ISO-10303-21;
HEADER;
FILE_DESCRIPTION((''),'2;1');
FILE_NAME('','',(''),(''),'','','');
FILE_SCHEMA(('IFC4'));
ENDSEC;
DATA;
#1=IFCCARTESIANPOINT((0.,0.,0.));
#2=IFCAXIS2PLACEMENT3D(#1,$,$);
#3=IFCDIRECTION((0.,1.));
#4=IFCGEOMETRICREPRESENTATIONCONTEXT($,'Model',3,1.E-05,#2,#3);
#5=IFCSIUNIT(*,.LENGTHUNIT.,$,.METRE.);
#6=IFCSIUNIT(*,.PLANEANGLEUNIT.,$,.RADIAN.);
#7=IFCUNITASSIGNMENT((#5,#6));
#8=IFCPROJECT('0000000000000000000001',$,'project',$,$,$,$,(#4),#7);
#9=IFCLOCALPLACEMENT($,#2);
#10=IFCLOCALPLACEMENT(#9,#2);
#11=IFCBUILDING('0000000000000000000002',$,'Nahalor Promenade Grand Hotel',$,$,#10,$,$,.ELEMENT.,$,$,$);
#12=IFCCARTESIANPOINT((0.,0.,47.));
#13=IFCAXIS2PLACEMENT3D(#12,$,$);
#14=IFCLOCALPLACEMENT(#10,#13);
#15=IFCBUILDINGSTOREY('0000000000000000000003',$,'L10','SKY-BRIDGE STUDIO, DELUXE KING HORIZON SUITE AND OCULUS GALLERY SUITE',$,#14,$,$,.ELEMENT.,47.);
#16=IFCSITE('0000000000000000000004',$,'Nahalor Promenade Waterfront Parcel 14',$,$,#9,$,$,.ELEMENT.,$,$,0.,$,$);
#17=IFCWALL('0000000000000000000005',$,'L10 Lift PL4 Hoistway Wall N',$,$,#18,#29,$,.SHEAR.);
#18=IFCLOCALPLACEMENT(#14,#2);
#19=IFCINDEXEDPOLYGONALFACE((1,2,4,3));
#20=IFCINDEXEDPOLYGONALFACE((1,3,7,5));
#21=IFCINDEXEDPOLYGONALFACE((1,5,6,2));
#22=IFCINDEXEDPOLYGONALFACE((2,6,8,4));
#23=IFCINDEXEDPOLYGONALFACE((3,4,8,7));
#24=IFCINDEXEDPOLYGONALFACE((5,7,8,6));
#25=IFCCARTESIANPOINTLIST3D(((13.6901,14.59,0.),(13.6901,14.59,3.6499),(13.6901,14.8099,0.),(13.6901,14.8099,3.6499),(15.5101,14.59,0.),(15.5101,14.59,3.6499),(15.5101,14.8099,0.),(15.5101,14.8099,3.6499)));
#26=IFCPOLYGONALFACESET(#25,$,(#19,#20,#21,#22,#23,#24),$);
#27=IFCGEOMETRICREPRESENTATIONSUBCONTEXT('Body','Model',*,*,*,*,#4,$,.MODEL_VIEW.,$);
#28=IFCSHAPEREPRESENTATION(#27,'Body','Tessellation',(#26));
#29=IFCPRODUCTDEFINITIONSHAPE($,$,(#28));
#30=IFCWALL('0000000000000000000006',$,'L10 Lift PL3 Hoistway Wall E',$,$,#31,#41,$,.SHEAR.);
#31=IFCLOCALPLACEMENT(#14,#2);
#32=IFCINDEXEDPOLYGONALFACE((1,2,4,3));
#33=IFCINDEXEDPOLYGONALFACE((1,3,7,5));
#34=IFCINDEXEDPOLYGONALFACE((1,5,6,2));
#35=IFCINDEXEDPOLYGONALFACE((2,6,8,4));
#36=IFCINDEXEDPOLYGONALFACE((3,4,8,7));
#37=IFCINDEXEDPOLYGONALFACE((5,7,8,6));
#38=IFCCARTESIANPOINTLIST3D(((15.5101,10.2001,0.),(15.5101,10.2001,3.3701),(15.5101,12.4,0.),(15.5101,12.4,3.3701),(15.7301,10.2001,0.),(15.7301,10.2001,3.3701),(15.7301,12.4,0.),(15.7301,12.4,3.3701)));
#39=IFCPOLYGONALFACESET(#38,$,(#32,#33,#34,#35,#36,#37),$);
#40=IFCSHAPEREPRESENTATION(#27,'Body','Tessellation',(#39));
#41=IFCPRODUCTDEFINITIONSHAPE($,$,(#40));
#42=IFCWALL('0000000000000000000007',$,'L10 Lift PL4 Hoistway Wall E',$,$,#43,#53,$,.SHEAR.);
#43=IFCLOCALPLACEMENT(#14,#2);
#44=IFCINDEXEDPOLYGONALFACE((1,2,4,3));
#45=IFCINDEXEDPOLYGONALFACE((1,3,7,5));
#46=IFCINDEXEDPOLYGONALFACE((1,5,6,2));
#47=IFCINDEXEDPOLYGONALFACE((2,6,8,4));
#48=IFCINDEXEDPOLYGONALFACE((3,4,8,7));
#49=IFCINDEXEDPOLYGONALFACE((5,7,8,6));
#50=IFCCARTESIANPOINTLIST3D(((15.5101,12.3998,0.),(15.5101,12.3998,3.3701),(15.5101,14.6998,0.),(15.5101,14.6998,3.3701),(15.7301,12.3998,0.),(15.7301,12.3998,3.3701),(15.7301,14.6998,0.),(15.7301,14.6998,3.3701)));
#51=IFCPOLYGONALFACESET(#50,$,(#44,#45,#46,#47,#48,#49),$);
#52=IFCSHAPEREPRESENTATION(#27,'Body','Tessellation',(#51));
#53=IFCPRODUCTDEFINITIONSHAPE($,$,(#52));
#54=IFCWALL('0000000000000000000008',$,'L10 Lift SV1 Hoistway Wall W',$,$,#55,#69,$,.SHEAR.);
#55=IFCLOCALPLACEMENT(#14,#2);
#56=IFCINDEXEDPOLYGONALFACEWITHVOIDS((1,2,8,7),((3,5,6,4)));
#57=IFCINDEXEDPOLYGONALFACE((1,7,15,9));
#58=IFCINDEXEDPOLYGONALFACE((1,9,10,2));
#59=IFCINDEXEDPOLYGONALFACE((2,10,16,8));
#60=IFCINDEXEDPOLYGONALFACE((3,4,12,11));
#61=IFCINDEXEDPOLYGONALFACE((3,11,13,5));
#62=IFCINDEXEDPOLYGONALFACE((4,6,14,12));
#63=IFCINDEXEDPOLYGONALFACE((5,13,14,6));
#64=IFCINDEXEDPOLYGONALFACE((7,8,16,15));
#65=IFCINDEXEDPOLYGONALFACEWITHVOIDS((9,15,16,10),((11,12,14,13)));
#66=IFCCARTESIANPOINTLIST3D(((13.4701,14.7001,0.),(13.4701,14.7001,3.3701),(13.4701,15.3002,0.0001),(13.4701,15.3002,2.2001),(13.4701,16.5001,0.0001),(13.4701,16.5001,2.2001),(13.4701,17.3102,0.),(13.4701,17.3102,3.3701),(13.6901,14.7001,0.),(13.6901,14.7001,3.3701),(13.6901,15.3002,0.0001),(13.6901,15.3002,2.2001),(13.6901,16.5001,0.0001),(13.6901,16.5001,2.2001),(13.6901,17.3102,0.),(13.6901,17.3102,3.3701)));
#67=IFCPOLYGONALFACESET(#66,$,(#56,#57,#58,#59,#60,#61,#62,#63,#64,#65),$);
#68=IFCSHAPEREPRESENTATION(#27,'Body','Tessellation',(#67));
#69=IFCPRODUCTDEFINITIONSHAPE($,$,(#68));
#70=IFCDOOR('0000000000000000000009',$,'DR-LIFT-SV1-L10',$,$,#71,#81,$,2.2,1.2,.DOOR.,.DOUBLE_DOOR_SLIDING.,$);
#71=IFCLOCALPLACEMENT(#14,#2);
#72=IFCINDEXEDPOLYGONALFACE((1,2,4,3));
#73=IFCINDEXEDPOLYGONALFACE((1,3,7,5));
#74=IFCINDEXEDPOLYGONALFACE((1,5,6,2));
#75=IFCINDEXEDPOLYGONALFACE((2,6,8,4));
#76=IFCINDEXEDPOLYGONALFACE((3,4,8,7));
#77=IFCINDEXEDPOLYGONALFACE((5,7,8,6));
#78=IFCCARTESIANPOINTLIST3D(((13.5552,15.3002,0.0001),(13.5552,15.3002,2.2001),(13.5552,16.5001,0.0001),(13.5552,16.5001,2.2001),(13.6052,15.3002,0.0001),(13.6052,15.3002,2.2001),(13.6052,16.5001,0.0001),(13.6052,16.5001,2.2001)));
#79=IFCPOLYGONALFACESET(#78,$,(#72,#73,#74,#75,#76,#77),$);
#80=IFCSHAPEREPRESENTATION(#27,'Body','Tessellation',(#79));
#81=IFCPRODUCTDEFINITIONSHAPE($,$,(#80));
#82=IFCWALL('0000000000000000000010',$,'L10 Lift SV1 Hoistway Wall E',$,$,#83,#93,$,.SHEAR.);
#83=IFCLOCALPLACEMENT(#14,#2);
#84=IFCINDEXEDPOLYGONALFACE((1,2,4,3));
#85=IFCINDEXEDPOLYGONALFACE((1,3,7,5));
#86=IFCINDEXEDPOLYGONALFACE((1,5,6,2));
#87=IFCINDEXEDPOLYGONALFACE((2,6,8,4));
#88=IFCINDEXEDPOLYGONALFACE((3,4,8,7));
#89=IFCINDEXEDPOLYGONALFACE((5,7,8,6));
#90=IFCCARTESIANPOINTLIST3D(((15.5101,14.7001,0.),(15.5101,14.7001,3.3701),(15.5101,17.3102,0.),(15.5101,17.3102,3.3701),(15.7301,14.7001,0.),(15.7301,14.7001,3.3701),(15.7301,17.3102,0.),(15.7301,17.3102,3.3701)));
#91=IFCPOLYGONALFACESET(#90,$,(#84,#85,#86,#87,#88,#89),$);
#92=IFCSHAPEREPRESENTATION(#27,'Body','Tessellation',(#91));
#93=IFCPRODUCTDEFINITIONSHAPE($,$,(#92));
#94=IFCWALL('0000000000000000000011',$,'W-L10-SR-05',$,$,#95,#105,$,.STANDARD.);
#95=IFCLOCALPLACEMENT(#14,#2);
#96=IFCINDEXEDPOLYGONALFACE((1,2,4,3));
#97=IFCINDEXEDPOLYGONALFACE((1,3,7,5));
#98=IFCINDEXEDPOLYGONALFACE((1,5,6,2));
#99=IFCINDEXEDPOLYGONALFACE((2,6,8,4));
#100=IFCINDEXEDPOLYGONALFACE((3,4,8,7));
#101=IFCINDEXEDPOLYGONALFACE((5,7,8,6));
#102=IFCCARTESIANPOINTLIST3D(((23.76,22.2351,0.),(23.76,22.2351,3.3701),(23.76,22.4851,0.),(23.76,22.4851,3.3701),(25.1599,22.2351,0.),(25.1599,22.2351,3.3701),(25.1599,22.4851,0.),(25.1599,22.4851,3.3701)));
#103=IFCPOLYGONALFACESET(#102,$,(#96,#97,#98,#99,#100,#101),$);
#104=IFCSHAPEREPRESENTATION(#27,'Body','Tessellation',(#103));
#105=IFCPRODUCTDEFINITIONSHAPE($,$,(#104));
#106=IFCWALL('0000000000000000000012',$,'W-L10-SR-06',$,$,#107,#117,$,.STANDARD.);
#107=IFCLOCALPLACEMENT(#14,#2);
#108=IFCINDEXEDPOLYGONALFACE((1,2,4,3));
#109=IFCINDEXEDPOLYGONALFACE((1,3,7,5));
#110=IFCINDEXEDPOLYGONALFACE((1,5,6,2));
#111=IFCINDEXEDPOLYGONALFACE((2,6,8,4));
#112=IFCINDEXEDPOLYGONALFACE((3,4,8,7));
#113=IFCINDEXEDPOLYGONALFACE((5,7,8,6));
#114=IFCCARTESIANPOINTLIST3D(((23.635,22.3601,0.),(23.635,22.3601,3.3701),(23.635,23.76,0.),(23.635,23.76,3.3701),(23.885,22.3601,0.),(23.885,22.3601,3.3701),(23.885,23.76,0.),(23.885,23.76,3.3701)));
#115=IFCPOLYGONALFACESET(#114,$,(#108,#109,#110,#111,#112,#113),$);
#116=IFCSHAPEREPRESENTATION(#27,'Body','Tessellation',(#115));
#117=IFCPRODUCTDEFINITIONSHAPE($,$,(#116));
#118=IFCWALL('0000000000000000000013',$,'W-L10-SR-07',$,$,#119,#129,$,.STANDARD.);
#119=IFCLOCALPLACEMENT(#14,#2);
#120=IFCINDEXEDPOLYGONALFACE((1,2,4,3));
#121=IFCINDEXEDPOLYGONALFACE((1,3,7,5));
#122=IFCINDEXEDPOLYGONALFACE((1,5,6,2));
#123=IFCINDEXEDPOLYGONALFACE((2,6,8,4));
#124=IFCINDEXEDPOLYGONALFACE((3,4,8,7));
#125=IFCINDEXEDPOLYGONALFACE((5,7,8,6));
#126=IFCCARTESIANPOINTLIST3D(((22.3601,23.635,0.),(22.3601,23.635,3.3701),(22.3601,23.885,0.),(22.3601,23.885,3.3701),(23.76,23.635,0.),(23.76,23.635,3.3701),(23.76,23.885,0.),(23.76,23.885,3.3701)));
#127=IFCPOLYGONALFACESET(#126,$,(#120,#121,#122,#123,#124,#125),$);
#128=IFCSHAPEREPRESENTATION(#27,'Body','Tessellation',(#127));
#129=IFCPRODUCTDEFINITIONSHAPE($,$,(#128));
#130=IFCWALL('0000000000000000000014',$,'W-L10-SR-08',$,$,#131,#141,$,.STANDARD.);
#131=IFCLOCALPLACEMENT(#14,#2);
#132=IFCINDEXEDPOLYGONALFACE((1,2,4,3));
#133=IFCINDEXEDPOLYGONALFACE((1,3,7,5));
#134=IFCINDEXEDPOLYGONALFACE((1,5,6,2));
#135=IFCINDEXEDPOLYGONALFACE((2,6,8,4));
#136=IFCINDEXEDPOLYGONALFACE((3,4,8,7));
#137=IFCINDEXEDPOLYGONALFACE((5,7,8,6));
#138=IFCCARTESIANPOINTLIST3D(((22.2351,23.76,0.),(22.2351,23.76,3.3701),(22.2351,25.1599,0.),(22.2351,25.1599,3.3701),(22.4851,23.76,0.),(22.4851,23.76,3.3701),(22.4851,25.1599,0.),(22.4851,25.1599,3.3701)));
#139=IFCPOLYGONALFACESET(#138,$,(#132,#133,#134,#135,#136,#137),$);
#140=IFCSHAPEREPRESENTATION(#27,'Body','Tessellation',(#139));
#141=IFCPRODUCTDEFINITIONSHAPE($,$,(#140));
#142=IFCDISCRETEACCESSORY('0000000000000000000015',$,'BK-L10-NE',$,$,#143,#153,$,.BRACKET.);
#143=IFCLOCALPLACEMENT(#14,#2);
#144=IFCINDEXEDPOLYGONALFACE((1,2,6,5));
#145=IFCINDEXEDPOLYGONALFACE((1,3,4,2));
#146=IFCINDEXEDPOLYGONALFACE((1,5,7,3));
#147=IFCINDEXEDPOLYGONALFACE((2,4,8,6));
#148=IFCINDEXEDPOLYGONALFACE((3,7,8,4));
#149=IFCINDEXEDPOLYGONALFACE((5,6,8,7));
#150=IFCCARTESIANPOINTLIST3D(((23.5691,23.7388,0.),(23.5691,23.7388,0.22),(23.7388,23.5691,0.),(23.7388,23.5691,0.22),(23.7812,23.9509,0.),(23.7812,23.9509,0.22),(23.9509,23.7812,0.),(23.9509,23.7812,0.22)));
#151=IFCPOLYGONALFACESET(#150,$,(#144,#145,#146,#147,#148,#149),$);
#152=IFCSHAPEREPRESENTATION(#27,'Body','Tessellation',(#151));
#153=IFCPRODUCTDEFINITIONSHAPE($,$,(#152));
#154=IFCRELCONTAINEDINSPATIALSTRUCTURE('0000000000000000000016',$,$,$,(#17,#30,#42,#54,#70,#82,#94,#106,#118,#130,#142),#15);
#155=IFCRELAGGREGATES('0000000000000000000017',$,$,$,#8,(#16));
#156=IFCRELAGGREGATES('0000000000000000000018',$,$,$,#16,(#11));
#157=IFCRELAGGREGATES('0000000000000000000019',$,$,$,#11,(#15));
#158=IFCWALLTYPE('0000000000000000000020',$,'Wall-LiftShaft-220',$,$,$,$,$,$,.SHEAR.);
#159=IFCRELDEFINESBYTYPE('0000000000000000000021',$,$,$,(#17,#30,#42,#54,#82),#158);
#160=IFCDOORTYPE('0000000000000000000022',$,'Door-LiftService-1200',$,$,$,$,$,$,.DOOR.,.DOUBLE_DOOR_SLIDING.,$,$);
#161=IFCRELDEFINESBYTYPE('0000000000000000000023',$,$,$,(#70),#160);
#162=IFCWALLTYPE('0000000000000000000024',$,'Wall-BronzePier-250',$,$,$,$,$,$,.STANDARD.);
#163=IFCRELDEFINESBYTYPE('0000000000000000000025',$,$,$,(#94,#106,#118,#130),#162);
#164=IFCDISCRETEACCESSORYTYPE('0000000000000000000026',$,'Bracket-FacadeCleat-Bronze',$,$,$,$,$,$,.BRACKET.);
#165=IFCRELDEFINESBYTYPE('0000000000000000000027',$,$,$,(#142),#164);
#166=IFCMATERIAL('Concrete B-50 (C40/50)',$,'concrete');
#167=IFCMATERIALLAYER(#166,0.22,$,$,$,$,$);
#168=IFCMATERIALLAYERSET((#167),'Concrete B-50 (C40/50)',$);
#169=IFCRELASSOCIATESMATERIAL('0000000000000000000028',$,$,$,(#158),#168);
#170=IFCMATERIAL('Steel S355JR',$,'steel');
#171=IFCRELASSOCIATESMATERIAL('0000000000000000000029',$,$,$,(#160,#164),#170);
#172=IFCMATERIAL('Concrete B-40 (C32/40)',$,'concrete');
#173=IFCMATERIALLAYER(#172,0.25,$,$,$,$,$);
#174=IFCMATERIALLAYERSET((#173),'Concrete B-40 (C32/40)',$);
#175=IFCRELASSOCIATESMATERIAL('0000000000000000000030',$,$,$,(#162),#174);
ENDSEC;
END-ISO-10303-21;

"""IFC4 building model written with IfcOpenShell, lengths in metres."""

from ifc_helpers import new_model, si_unit, direction, frame, frame_2d, origin, origin_2d, place, context, subcontext, project, spatial, rectangle, extrude, source, transform, mapped, material, layer, layer_set, type_object, element, fill, save


model = new_model("IFC4")

# Units and contexts
model_context = context("Model", 3, precision=1e-05, world=origin(), true_north=direction((0.0, 1.0)))
body_context = subcontext(model_context, "Body", "Model", "MODEL_VIEW")
ifc_project = project(units=[si_unit("LENGTHUNIT", "METRE"), si_unit("PLANEANGLEUNIT", "RADIAN")], contexts=[model_context])

# Site, building, storey
site_placement = place(None, origin())
site = spatial("IfcSite", under=ifc_project, at=site_placement, Name="Nahalor Promenade Waterfront Parcel 14", CompositionType="ELEMENT", RefElevation=0.0)
building_placement = place(site_placement, origin())
building = spatial("IfcBuilding", under=site, at=building_placement, Name="Nahalor Promenade Grand Hotel", CompositionType="ELEMENT")
storey_placement = place(building_placement, frame((0.0, 0.0, 47.0)))
storey = spatial("IfcBuildingStorey", under=building, at=storey_placement, Name="L10", Description="SKY-BRIDGE STUDIO, DELUXE KING HORIZON SUITE AND OCULUS GALLERY SUITE", CompositionType="ELEMENT", Elevation=47.0)

# Shared definitions
ifc_material_1 = material(Name="Steel S355JR", Category="steel")

# Walls
ifc_material_2 = material(Name="Concrete B-50 (C40/50)", Category="concrete")
ifc_layer_1 = layer(ifc_material_2, 0.22)
ifc_layer_set_1 = layer_set([ifc_layer_1], Name="Concrete B-50 (C40/50)")
wall_type_1 = type_object("IfcWallType", Name="Wall-LiftShaft-220", PredefinedType="SHEAR", material=ifc_layer_set_1)
shared_shape_1 = source(origin(), body_context, "Body", "SweptSolid", [
    extrude(rectangle(XDim=1.8201, YDim=0.22, at=frame_2d((0.9102, 0.0))), origin(), (0.0, 0.0, 1.0), 3.6499),
])
for number, where, z_axis, x_axis, name in (
    (1, (13.6899, 14.7, 0.0), (0.0, 0.0, 1.0), (1.0, 0.0, 0.0), "L10 Lift PL4 Hoistway Wall N"),
):
    element("IfcWall", number, at=place(storey_placement, frame(where, z_axis=z_axis, x_axis=x_axis)), inside=storey, type_object=wall_type_1, Name=name, PredefinedType="SHEAR", context=body_context, shape_type="MappedRepresentation", body=[
        mapped(shared_shape_1, transform((0.0, 0.0, 0.0), scale=1.0)),
    ])
shared_shape_2 = source(origin(), body_context, "Body", "SweptSolid", [
    extrude(rectangle(XDim=2.2, YDim=0.22, at=frame_2d((1.1001, 0.0))), origin(), (0.0, 0.0, 1.0), 3.3701),
])
wall_1_placement = place(storey_placement, frame((15.6201, 10.2, 0.0), z_axis=(0.0, 0.0, 1.0), x_axis=(0.0, 1.0, 0.0)))
element("IfcWall", 2, at=wall_1_placement, inside=storey, type_object=wall_type_1, Name="L10 Lift PL3 Hoistway Wall E", PredefinedType="SHEAR", context=body_context, shape_type="MappedRepresentation", body=[
    mapped(shared_shape_2, transform((0.0, 0.0, 0.0), scale=1.0)),
])
shared_shape_3 = source(origin(), body_context, "Body", "SweptSolid", [
    extrude(rectangle(XDim=2.3, YDim=0.22, at=frame_2d((1.1499, 0.0))), origin(), (0.0, 0.0, 1.0), 3.3701),
])
wall_2_placement = place(storey_placement, frame((15.6201, 12.3999, 0.0), z_axis=(0.0, 0.0, 1.0), x_axis=(0.0, 1.0, 0.0)))
element("IfcWall", 3, at=wall_2_placement, inside=storey, type_object=wall_type_1, Name="L10 Lift PL4 Hoistway Wall E", PredefinedType="SHEAR", context=body_context, shape_type="MappedRepresentation", body=[
    mapped(shared_shape_3, transform((0.0, 0.0, 0.0), scale=1.0)),
])

# Wall, opening, door
shared_shape_4 = source(origin(), body_context, "Body", "SweptSolid", [
    extrude(rectangle(XDim=2.6101, YDim=0.22, at=frame_2d((1.3052, 0.0))), origin(), (0.0, 0.0, 1.0), 3.3701),
])
wall_3_placement = place(storey_placement, frame((13.5801, 14.7, 0.0), z_axis=(0.0, 0.0, 1.0), x_axis=(0.0, 1.0, 0.0)))
wall_3 = element("IfcWall", 4, at=wall_3_placement, inside=storey, type_object=wall_type_1, Name="L10 Lift SV1 Hoistway Wall W", PredefinedType="SHEAR", context=body_context, shape_type="MappedRepresentation", body=[
    mapped(shared_shape_4, transform((0.0, 0.0, 0.0), scale=1.0)),
])
opening_placement = place(wall_3_placement, frame((0.6001, 0.0, 0.0)))
opening = element("IfcOpeningElement", 5, at=opening_placement, cuts=wall_3, PredefinedType="OPENING", context=body_context, shape_type="SweptSolid", body=[
    extrude(rectangle(XDim=1.2, YDim=2.2, at=frame_2d((0.6001, 1.1001))), frame((0.0, 0.1199, 0.0), z_axis=(0.0, -1.0, 0.0), x_axis=(1.0, 0.0, 0.0)), (0.0, 0.0, 1.0), 0.24),
])
door_type = type_object("IfcDoorType", Name="Door-LiftService-1200", OperationType="DOUBLE_DOOR_SLIDING", PredefinedType="DOOR", material=ifc_material_1)
shared_shape_5 = source(origin(), body_context, "Body", "SweptSolid", [
    extrude(rectangle(XDim=1.2, YDim=2.2, at=frame_2d((0.6001, 1.1001))), frame((0.0, 0.0249, 0.0), z_axis=(0.0, -1.0, 0.0), x_axis=(1.0, 0.0, 0.0)), (0.0, 0.0, 1.0), 0.05),
])
door_placement = place(opening_placement, origin())
door = element("IfcDoor", 6, at=door_placement, inside=storey, type_object=door_type, Name="DR-LIFT-SV1-L10", OperationType="DOUBLE_DOOR_SLIDING", OverallHeight=2.2, OverallWidth=1.2, PredefinedType="DOOR", context=body_context, shape_type="MappedRepresentation", body=[
    mapped(shared_shape_5, transform((0.0, 0.0, 0.0), scale=1.0)),
])
fill(opening, door)

# Walls
wall_4_placement = place(storey_placement, frame((15.6201, 14.7, 0.0), z_axis=(0.0, 0.0, 1.0), x_axis=(0.0, 1.0, 0.0)))
element("IfcWall", 7, at=wall_4_placement, inside=storey, type_object=wall_type_1, Name="L10 Lift SV1 Hoistway Wall E", PredefinedType="SHEAR", context=body_context, shape_type="MappedRepresentation", body=[
    mapped(shared_shape_4, transform((0.0, 0.0, 0.0), scale=1.0)),
])
ifc_material_3 = material(Name="Concrete B-40 (C32/40)", Category="concrete")
ifc_layer_2 = layer(ifc_material_3, 0.25)
ifc_layer_set_2 = layer_set([ifc_layer_2], Name="Concrete B-40 (C32/40)")
wall_type_2 = type_object("IfcWallType", Name="Wall-BronzePier-250", PredefinedType="STANDARD", material=ifc_layer_set_2)
shared_shape_6 = source(origin(), body_context, "Body", "SweptSolid", [
    extrude(rectangle(XDim=1.3999, YDim=0.25, at=frame_2d((0.7, 0.0))), origin(), (0.0, 0.0, 1.0), 3.3701),
])
for number, where, z_axis, x_axis, name in (
    (8, (23.76, 22.3601, 0.0), (0.0, 0.0, 1.0), (1.0, 0.0, 0.0), "W-L10-SR-05"),
    (9, (23.76, 22.3601, 0.0), (0.0, 0.0, 1.0), (0.0, 1.0, 0.0), "W-L10-SR-06"),
    (10, (22.3601, 23.76, 0.0), (0.0, 0.0, 1.0), (1.0, 0.0, 0.0), "W-L10-SR-07"),
    (11, (22.3601, 23.76, 0.0), (0.0, 0.0, 1.0), (0.0, 1.0, 0.0), "W-L10-SR-08"),
):
    element("IfcWall", number, at=place(storey_placement, frame(where, z_axis=z_axis, x_axis=x_axis)), inside=storey, type_object=wall_type_2, Name=name, PredefinedType="STANDARD", context=body_context, shape_type="MappedRepresentation", body=[
        mapped(shared_shape_6, transform((0.0, 0.0, 0.0), scale=1.0)),
    ])

# Discrete accessory
discrete_accessory_type = type_object("IfcDiscreteAccessoryType", Name="Bracket-FacadeCleat-Bronze", PredefinedType="BRACKET", material=ifc_material_1)
shared_shape_7 = source(origin(), body_context, "Body", "SweptSolid", [
    extrude(rectangle(XDim=0.3, YDim=0.24, at=origin_2d()), origin(), (0.0, 0.0, 1.0), 0.22),
])
discrete_accessory_placement = place(storey_placement, frame((23.76, 23.76, 0.0), z_axis=(0.0, 0.0, 1.0), x_axis=(0.707107, 0.707107, 0.0)))
element("IfcDiscreteAccessory", 12, at=discrete_accessory_placement, inside=storey, type_object=discrete_accessory_type, Name="BK-L10-NE", PredefinedType="BRACKET", context=body_context, shape_type="MappedRepresentation", body=[
    mapped(shared_shape_7, transform((0.0, 0.0, 0.0), scale=1.0)),
])

save(model, "model.ifc")
